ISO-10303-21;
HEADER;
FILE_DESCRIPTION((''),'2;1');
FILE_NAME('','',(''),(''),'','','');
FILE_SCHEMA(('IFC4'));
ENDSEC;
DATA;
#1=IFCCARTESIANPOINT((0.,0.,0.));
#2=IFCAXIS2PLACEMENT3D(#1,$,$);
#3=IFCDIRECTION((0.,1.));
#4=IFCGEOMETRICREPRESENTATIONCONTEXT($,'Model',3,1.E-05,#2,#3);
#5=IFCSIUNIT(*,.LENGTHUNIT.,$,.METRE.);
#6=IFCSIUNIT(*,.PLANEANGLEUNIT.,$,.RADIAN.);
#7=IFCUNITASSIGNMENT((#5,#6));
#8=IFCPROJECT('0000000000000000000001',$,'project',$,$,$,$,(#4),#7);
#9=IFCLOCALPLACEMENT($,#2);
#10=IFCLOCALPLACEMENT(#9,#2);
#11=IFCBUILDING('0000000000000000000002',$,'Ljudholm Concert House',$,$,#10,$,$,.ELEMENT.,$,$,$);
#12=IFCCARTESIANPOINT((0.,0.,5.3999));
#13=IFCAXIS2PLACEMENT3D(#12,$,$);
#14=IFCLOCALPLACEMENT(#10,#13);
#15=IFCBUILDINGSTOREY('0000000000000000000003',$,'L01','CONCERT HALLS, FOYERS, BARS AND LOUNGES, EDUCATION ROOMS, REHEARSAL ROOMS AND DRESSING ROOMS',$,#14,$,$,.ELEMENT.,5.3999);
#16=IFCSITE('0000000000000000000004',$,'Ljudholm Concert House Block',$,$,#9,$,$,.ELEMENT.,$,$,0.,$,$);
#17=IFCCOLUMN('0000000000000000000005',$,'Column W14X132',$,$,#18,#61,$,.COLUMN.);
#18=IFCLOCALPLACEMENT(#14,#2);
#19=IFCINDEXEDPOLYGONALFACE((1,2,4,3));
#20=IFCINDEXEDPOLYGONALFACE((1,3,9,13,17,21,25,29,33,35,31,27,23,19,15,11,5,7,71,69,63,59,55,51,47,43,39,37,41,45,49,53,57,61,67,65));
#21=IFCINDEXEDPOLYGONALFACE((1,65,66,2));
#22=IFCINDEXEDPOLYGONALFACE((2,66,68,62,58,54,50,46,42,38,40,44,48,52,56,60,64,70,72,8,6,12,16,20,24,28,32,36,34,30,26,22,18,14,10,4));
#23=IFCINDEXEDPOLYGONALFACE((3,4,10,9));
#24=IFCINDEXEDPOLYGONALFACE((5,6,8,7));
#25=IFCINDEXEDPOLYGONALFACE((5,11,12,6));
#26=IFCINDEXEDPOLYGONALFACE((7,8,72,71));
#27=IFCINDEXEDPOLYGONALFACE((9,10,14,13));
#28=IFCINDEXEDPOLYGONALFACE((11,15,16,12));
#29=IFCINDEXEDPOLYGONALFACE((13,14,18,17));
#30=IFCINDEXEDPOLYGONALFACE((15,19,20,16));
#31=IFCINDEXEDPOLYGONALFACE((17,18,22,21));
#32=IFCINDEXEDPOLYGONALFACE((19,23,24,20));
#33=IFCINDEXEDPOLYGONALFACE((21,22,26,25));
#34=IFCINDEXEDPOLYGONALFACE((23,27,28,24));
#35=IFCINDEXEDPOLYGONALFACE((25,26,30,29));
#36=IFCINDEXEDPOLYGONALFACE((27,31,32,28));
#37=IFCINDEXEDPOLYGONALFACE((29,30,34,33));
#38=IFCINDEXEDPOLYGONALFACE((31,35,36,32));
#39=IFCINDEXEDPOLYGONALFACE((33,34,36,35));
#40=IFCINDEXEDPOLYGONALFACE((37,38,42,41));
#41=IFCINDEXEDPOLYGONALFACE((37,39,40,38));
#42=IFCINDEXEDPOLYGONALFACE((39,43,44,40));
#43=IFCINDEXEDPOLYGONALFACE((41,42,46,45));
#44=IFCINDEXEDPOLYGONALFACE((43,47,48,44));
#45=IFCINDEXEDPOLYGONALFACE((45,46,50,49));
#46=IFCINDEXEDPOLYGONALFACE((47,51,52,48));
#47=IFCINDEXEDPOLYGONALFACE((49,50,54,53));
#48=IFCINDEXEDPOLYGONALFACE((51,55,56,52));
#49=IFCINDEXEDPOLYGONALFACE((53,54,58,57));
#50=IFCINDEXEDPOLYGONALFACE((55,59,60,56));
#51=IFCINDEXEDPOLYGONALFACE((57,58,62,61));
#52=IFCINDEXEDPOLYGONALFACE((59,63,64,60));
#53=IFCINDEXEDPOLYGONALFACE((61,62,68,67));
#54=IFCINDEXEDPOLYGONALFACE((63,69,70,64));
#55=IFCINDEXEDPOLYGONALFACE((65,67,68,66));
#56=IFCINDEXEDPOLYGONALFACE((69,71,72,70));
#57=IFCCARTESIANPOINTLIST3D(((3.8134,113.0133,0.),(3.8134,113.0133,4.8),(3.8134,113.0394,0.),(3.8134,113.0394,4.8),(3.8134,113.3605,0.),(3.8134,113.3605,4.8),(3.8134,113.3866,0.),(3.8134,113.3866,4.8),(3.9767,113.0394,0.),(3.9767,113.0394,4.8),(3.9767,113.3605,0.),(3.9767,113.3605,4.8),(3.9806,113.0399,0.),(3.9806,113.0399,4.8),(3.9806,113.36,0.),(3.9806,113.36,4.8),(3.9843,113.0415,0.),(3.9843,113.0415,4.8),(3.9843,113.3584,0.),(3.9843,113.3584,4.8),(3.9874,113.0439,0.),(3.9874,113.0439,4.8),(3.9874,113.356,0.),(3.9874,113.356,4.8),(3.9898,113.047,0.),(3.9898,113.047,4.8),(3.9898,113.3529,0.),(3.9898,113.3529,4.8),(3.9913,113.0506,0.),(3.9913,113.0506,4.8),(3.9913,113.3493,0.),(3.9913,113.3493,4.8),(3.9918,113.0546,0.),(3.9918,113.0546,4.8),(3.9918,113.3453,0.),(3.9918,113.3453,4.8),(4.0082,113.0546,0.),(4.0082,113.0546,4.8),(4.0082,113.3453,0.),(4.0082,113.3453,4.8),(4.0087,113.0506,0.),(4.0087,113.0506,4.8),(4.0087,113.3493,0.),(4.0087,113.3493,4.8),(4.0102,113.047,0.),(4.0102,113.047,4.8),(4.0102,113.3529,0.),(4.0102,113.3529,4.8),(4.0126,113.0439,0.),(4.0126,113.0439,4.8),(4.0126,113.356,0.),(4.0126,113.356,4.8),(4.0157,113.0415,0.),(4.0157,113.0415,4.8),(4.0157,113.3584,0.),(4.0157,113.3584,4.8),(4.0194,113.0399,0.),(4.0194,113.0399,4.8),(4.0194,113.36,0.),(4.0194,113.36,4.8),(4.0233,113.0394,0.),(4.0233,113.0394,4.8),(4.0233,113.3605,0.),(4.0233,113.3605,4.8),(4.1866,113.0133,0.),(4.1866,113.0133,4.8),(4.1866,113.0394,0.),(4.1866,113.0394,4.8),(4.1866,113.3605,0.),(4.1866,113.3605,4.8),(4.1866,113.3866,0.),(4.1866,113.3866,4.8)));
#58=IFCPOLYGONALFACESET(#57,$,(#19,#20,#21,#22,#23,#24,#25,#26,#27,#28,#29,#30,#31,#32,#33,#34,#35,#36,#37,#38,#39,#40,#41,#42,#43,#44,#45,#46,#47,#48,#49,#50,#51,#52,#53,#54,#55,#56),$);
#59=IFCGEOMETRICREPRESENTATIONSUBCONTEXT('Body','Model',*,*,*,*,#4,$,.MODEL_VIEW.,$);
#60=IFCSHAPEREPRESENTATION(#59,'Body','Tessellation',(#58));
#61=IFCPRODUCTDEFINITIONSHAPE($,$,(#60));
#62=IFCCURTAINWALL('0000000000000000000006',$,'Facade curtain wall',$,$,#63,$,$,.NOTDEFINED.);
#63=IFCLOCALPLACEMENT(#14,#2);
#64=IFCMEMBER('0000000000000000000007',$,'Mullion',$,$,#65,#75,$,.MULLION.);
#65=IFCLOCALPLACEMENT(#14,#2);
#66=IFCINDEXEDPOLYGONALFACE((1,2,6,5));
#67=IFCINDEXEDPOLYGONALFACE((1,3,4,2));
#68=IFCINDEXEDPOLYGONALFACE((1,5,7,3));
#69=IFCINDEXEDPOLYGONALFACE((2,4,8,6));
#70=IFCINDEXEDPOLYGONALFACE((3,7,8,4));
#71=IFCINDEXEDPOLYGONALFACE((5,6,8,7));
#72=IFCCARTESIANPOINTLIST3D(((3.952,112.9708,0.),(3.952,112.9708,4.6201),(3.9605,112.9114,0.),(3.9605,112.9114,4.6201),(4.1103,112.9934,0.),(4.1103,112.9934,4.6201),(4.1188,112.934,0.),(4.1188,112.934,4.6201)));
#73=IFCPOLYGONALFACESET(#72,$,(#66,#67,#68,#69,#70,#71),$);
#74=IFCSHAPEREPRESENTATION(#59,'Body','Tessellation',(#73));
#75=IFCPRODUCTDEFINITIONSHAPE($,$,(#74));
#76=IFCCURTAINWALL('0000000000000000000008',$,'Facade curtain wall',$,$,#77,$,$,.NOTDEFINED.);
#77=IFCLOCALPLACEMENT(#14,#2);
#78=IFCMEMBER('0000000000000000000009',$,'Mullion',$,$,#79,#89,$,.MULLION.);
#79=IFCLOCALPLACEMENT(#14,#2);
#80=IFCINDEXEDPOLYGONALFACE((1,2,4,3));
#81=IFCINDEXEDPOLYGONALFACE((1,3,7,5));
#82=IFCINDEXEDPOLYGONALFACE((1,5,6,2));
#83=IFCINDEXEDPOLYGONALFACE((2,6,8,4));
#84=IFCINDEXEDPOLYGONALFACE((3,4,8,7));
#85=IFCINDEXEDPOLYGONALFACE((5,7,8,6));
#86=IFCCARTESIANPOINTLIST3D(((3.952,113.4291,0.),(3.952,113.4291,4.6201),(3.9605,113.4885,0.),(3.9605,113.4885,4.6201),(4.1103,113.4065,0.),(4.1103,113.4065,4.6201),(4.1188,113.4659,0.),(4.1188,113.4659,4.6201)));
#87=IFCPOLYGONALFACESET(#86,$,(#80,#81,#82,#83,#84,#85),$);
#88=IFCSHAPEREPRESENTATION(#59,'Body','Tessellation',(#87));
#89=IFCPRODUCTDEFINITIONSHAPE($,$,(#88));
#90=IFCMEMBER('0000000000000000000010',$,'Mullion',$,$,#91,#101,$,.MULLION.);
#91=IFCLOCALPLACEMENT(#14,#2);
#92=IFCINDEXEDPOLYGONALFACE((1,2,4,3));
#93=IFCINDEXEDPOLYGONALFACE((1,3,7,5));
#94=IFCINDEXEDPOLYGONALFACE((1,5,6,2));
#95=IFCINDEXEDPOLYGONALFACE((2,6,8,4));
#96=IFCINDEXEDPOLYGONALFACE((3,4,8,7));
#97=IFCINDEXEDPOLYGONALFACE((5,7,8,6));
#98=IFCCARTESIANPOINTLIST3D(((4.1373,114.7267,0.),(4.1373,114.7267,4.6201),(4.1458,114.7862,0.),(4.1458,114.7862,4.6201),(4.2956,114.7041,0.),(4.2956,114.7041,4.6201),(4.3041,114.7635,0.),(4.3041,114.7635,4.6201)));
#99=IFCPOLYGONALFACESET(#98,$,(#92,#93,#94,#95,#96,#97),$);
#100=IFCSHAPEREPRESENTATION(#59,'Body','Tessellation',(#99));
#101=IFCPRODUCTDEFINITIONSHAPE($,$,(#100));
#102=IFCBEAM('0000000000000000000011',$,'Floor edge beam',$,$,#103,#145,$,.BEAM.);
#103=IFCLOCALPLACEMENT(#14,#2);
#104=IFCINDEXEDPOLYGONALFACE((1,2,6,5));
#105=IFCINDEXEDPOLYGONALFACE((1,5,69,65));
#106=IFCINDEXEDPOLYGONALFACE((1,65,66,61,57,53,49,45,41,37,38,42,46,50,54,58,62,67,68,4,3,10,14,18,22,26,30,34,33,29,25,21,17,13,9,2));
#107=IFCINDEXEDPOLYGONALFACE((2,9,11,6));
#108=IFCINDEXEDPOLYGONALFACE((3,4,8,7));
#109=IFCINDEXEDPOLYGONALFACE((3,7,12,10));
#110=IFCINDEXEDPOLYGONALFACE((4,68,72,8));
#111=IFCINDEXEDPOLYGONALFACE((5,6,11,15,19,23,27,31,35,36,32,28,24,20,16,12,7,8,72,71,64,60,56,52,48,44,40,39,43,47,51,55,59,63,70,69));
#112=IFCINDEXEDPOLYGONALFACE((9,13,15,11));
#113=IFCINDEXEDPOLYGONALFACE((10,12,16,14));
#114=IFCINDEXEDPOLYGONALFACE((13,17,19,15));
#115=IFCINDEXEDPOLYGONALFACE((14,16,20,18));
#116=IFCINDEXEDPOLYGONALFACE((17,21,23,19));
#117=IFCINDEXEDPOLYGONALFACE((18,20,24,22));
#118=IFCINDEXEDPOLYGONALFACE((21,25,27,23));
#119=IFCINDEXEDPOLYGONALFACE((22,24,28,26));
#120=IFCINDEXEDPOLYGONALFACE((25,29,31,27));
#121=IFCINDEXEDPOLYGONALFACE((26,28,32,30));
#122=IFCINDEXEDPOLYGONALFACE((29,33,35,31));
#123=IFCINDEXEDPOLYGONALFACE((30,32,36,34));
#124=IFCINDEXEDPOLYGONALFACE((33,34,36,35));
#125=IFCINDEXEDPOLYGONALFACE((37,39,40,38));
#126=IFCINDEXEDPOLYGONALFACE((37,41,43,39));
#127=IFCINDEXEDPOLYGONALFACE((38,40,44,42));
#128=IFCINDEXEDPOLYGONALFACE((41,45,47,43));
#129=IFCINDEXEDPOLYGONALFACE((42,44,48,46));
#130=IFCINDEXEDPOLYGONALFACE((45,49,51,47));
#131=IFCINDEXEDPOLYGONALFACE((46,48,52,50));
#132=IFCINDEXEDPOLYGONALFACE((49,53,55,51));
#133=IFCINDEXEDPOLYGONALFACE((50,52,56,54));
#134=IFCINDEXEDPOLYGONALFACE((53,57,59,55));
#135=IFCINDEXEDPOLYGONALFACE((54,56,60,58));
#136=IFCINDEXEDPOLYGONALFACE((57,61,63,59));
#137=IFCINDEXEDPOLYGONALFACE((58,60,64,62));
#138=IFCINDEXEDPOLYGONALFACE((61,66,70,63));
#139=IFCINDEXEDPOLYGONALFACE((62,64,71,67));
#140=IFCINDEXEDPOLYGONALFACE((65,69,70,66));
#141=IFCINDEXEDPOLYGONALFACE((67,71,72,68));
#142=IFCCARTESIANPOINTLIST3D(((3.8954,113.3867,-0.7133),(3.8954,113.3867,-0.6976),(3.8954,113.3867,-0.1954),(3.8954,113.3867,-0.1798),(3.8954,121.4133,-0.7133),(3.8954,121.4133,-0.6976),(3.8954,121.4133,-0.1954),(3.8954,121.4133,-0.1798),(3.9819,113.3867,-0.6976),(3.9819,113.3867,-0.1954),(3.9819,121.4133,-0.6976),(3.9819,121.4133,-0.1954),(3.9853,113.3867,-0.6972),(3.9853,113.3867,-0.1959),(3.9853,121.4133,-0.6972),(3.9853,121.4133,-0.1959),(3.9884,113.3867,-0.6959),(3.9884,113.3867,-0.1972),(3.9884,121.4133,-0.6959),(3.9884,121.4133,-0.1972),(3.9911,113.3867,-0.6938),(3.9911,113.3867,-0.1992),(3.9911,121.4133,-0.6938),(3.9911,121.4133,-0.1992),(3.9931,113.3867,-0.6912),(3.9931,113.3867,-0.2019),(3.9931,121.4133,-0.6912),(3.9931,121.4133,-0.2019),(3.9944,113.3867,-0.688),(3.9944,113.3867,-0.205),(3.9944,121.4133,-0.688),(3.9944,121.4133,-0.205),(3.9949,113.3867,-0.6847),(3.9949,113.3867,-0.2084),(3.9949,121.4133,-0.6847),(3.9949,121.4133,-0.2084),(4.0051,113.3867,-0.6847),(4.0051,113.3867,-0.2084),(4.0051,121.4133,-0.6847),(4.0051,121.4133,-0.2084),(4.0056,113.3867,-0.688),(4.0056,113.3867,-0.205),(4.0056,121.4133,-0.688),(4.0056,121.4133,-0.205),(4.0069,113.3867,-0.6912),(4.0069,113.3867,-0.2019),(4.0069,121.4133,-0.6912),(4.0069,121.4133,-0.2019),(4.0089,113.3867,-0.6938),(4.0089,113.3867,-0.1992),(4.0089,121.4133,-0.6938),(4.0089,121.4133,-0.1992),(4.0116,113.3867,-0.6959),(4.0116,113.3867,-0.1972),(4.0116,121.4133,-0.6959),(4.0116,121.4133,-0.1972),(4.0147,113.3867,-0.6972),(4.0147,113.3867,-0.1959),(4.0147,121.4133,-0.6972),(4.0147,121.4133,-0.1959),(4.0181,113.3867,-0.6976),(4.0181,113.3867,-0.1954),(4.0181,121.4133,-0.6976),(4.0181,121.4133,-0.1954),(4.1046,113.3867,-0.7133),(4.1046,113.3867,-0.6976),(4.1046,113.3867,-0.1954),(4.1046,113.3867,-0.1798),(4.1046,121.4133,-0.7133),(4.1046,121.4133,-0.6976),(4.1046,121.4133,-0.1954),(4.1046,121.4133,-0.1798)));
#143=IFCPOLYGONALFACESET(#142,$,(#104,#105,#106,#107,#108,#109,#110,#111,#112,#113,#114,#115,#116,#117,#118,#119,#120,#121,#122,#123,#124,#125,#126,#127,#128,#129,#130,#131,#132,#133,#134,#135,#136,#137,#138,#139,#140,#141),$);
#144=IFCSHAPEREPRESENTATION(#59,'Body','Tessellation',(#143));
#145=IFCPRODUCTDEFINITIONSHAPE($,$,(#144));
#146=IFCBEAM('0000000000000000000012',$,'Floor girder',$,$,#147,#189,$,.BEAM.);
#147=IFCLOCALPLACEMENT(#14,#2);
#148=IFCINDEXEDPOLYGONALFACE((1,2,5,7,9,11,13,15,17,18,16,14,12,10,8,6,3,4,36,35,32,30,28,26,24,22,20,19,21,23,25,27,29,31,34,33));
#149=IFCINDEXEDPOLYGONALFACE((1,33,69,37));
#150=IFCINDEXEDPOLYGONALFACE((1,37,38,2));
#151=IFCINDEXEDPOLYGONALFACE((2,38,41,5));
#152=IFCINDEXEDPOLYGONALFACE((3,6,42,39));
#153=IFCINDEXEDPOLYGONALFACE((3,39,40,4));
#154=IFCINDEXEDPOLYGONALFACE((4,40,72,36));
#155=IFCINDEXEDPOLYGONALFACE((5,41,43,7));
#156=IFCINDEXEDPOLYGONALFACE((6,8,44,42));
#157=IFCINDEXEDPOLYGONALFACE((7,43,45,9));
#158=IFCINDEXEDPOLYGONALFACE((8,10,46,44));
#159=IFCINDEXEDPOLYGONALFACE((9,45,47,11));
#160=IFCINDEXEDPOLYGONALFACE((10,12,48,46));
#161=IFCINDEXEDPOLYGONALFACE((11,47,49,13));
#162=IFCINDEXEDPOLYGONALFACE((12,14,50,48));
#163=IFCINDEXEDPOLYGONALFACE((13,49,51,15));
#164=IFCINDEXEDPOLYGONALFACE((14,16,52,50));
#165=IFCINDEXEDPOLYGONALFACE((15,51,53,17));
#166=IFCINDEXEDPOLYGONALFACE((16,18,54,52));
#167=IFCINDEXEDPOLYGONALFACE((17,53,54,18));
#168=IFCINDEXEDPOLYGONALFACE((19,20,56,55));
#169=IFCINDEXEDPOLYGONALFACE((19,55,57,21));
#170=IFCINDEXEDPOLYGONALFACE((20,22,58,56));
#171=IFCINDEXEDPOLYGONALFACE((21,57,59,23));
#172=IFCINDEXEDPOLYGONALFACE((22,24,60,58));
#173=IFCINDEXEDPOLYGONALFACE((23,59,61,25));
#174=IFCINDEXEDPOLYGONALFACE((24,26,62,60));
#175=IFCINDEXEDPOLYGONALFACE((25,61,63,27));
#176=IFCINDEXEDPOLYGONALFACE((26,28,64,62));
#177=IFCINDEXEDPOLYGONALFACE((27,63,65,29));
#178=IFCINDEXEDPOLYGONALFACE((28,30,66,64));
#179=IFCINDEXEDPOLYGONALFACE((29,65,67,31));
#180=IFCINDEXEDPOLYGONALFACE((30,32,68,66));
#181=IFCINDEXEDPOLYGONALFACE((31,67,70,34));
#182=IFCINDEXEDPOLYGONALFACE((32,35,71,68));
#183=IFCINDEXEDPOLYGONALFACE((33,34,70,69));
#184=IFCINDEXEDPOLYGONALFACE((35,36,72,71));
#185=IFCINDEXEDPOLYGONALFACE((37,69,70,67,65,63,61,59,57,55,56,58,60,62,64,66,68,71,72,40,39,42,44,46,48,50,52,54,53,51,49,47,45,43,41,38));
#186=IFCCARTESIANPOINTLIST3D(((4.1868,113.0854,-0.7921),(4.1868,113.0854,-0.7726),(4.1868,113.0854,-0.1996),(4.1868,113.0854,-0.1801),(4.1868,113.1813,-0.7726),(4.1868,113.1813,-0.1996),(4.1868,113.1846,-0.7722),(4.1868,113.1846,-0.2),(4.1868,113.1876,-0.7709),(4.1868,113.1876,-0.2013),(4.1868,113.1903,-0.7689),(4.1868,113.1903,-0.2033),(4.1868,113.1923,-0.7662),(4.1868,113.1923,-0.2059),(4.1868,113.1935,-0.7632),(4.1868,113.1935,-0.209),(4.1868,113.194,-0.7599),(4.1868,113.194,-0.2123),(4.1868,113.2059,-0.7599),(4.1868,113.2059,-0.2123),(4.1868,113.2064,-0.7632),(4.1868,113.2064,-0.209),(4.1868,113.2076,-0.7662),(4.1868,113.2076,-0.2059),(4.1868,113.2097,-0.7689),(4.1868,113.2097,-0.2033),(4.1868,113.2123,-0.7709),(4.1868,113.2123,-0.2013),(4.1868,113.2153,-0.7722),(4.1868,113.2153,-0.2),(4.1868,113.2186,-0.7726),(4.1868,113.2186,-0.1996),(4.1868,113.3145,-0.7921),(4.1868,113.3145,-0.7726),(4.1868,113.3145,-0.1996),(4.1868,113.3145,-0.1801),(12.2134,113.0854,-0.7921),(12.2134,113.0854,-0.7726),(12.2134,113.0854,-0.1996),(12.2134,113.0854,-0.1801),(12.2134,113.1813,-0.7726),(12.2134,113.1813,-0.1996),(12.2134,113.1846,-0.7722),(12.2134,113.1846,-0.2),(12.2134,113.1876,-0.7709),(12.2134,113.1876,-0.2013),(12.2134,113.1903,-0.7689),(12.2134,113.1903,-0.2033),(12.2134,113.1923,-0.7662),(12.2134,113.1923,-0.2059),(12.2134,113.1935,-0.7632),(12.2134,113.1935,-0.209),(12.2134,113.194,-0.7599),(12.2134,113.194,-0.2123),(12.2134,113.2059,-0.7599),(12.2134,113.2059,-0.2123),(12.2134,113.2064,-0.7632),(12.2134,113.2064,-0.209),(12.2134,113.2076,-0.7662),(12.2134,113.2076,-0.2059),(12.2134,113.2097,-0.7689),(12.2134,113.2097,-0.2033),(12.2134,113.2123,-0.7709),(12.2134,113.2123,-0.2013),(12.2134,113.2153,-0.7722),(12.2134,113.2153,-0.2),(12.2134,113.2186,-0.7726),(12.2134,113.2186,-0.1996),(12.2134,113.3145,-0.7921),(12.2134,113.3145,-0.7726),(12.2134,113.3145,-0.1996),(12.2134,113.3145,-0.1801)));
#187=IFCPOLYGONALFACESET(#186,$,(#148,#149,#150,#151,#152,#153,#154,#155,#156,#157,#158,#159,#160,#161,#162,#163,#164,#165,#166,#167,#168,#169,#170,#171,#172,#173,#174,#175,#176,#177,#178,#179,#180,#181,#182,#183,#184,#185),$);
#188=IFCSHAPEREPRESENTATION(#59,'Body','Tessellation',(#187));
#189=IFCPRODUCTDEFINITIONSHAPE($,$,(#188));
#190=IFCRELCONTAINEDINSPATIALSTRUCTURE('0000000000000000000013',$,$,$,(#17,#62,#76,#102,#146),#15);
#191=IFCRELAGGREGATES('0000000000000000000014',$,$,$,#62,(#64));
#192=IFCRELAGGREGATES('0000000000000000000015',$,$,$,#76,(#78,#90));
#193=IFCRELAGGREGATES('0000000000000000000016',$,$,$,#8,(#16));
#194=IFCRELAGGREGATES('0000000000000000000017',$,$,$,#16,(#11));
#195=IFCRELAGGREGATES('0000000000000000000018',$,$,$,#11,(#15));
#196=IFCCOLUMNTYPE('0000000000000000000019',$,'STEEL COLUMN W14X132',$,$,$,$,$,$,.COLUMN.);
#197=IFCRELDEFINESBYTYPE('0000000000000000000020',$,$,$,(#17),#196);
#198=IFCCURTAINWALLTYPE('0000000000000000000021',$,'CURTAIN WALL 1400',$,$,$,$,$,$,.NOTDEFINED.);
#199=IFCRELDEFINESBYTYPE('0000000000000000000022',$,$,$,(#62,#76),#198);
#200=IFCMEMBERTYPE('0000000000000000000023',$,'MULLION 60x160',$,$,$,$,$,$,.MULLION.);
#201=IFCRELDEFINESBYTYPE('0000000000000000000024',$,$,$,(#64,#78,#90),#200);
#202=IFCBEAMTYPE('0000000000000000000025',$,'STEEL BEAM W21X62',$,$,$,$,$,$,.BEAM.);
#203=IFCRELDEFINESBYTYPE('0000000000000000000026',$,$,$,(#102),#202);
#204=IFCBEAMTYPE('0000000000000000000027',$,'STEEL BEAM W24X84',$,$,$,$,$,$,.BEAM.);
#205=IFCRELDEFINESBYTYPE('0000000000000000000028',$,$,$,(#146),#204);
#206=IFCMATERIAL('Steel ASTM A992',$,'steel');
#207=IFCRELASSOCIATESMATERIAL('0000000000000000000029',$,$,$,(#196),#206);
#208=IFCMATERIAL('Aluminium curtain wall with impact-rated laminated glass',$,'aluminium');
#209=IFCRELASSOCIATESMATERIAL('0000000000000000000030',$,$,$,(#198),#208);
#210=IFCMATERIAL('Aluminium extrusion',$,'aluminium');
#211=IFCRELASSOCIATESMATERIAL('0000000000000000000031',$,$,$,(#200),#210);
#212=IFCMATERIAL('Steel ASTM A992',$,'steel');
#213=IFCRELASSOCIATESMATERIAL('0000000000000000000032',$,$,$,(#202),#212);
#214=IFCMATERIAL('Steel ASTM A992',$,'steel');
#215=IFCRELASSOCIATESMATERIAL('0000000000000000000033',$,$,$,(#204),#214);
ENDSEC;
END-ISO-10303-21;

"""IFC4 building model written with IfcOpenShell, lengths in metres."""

from ifc_helpers import new_model, si_unit, direction, frame, origin, origin_2d, place, context, subcontext, project, spatial, rectangle, i_section, extrude, material, material_profile, profile_set, type_object, element, aggregate, save


model = new_model("IFC4")

# Units and contexts
model_context = context("Model", 3, precision=1e-05, world=origin(), true_north=direction((0.0, 1.0)))
body_context = subcontext(model_context, "Body", "Model", "MODEL_VIEW")
ifc_project = project(units=[si_unit("LENGTHUNIT", "METRE"), si_unit("PLANEANGLEUNIT", "RADIAN")], contexts=[model_context])

# Site, building, storey
site_placement = place(None, origin())
site = spatial("IfcSite", under=ifc_project, at=site_placement, Name="Ljudholm Concert House Block", CompositionType="ELEMENT", RefElevation=0.0)
building_placement = place(site_placement, origin())
building = spatial("IfcBuilding", under=site, at=building_placement, Name="Ljudholm Concert House", CompositionType="ELEMENT")
storey_placement = place(building_placement, frame((0.0, 0.0, 5.3999)))
storey = spatial("IfcBuildingStorey", under=building, at=storey_placement, Name="L01", Description="CONCERT HALLS, FOYERS, BARS AND LOUNGES, EDUCATION ROOMS, REHEARSAL ROOMS AND DRESSING ROOMS", CompositionType="ELEMENT", Elevation=5.3999)

# Column
ifc_material_1 = material(Name="Steel ASTM A992", Category="steel")
ifc_material_profile_1 = material_profile(ifc_material_1, i_section(OverallWidth=0.3733, OverallDepth=0.3733, WebThickness=0.0164, FlangeThickness=0.0261, FilletRadius=0.0151, at=origin_2d()), Name="W14X132")
ifc_profile_set_1 = profile_set([ifc_material_profile_1], Name="Steel ASTM A992")
column_type = type_object("IfcColumnType", Name="STEEL COLUMN W14X132", PredefinedType="COLUMN", material=ifc_profile_set_1)
column_placement = place(storey_placement, frame((4.0, 113.2, 0.0), z_axis=(0.0, 0.0, 1.0), x_axis=(1.0, 0.0, 0.0)))
element("IfcColumn", 1, at=column_placement, inside=storey, type_object=column_type, Name="Column W14X132", PredefinedType="COLUMN", context=body_context, shape_type="SweptSolid", body=[
    extrude(i_section(OverallWidth=0.3733, OverallDepth=0.3733, WebThickness=0.0164, FlangeThickness=0.0261, FilletRadius=0.0151, at=origin_2d()), origin(), (0.0, 0.0, 1.0), 4.8),
])

# Curtain wall, member
ifc_material_2 = material(Name="Aluminium curtain wall with impact-rated laminated glass", Category="aluminium")
curtain_wall_type = type_object("IfcCurtainWallType", Name="CURTAIN WALL 1400", PredefinedType="NOTDEFINED", material=ifc_material_2)
curtain_wall_1_placement = place(storey_placement, origin())
curtain_wall_1 = element("IfcCurtainWall", 2, at=curtain_wall_1_placement, inside=storey, type_object=curtain_wall_type, Name="Facade curtain wall", PredefinedType="NOTDEFINED")
ifc_material_3 = material(Name="Aluminium extrusion", Category="aluminium")
ifc_material_profile_2 = material_profile(ifc_material_3, rectangle(XDim=0.1599, YDim=0.0601, at=origin_2d()), Name="MULLION 60x160")
ifc_profile_set_2 = profile_set([ifc_material_profile_2], Name="Aluminium extrusion")
member_type_1 = type_object("IfcMemberType", Name="MULLION 60x160", PredefinedType="MULLION", material=ifc_profile_set_2)
member_1_placement = place(storey_placement, frame((4.0354, 112.9524, 0.0), z_axis=(0.0, 0.0, 1.0), x_axis=(-0.989949, -0.141421, 0.0)))
member_1 = element("IfcMember", 3, at=member_1_placement, type_object=member_type_1, Name="Mullion", PredefinedType="MULLION", context=body_context, shape_type="SweptSolid", body=[
    extrude(rectangle(XDim=0.1599, YDim=0.0601, at=origin_2d()), origin(), (0.0, 0.0, 1.0), 4.6201),
])

# Curtain wall, members
curtain_wall_2_placement = place(storey_placement, origin())
curtain_wall_2 = element("IfcCurtainWall", 4, at=curtain_wall_2_placement, inside=storey, type_object=curtain_wall_type, Name="Facade curtain wall", PredefinedType="NOTDEFINED")
member_2_placement = place(storey_placement, frame((4.0354, 113.4475, 0.0), z_axis=(0.0, 0.0, 1.0), x_axis=(-0.989949, 0.141421, 0.0)))
member_2 = element("IfcMember", 5, at=member_2_placement, type_object=member_type_1, Name="Mullion", PredefinedType="MULLION", context=body_context, shape_type="SweptSolid", body=[
    extrude(rectangle(XDim=0.1599, YDim=0.0601, at=origin_2d()), origin(), (0.0, 0.0, 1.0), 4.6201),
])
member_3_placement = place(storey_placement, frame((4.2207, 114.7451, 0.0), z_axis=(0.0, 0.0, 1.0), x_axis=(-0.989949, 0.141421, 0.0)))
member_3 = element("IfcMember", 6, at=member_3_placement, type_object=member_type_1, Name="Mullion", PredefinedType="MULLION", context=body_context, shape_type="SweptSolid", body=[
    extrude(rectangle(XDim=0.1599, YDim=0.0601, at=origin_2d()), origin(), (0.0, 0.0, 1.0), 4.6201),
])

# Beams
ifc_material_4 = material(Name="Steel ASTM A992", Category="steel")
ifc_material_profile_3 = material_profile(ifc_material_4, i_section(OverallWidth=0.2092, OverallDepth=0.5334, WebThickness=0.0103, FlangeThickness=0.0156, FilletRadius=0.0129, at=origin_2d()), Name="W21X62")
ifc_profile_set_3 = profile_set([ifc_material_profile_3], Name="Steel ASTM A992")
beam_type_1 = type_object("IfcBeamType", Name="STEEL BEAM W21X62", PredefinedType="BEAM", material=ifc_profile_set_3)
beam_1_placement = place(storey_placement, frame((4.0, 113.3867, -0.4465), z_axis=(0.0, 1.0, 0.0), x_axis=(-1.0, 0.0, 0.0)))
element("IfcBeam", 7, at=beam_1_placement, inside=storey, type_object=beam_type_1, Name="Floor edge beam", PredefinedType="BEAM", context=body_context, shape_type="SweptSolid", body=[
    extrude(i_section(OverallWidth=0.2092, OverallDepth=0.5334, WebThickness=0.0103, FlangeThickness=0.0156, FilletRadius=0.0129, at=origin_2d()), origin(), (0.0, 0.0, 1.0), 8.0266),
])
ifc_material_5 = material(Name="Steel ASTM A992", Category="steel")
ifc_material_profile_4 = material_profile(ifc_material_5, i_section(OverallWidth=0.229, OverallDepth=0.6121, WebThickness=0.012, FlangeThickness=0.0195, FilletRadius=0.0127, at=origin_2d()), Name="W24X84")
ifc_profile_set_4 = profile_set([ifc_material_profile_4], Name="Steel ASTM A992")
beam_type_2 = type_object("IfcBeamType", Name="STEEL BEAM W24X84", PredefinedType="BEAM", material=ifc_profile_set_4)
beam_2_placement = place(storey_placement, frame((4.1868, 113.2, -0.4861), z_axis=(1.0, 0.0, 0.0), x_axis=(0.0, 1.0, 0.0)))
element("IfcBeam", 8, at=beam_2_placement, inside=storey, type_object=beam_type_2, Name="Floor girder", PredefinedType="BEAM", context=body_context, shape_type="SweptSolid", body=[
    extrude(i_section(OverallWidth=0.229, OverallDepth=0.6121, WebThickness=0.012, FlangeThickness=0.0195, FilletRadius=0.0127, at=origin_2d()), origin(), (0.0, 0.0, 1.0), 8.0266),
])

aggregate(curtain_wall_1, [member_1])
aggregate(curtain_wall_2, [member_2, member_3])

save(model, "model.ifc")
